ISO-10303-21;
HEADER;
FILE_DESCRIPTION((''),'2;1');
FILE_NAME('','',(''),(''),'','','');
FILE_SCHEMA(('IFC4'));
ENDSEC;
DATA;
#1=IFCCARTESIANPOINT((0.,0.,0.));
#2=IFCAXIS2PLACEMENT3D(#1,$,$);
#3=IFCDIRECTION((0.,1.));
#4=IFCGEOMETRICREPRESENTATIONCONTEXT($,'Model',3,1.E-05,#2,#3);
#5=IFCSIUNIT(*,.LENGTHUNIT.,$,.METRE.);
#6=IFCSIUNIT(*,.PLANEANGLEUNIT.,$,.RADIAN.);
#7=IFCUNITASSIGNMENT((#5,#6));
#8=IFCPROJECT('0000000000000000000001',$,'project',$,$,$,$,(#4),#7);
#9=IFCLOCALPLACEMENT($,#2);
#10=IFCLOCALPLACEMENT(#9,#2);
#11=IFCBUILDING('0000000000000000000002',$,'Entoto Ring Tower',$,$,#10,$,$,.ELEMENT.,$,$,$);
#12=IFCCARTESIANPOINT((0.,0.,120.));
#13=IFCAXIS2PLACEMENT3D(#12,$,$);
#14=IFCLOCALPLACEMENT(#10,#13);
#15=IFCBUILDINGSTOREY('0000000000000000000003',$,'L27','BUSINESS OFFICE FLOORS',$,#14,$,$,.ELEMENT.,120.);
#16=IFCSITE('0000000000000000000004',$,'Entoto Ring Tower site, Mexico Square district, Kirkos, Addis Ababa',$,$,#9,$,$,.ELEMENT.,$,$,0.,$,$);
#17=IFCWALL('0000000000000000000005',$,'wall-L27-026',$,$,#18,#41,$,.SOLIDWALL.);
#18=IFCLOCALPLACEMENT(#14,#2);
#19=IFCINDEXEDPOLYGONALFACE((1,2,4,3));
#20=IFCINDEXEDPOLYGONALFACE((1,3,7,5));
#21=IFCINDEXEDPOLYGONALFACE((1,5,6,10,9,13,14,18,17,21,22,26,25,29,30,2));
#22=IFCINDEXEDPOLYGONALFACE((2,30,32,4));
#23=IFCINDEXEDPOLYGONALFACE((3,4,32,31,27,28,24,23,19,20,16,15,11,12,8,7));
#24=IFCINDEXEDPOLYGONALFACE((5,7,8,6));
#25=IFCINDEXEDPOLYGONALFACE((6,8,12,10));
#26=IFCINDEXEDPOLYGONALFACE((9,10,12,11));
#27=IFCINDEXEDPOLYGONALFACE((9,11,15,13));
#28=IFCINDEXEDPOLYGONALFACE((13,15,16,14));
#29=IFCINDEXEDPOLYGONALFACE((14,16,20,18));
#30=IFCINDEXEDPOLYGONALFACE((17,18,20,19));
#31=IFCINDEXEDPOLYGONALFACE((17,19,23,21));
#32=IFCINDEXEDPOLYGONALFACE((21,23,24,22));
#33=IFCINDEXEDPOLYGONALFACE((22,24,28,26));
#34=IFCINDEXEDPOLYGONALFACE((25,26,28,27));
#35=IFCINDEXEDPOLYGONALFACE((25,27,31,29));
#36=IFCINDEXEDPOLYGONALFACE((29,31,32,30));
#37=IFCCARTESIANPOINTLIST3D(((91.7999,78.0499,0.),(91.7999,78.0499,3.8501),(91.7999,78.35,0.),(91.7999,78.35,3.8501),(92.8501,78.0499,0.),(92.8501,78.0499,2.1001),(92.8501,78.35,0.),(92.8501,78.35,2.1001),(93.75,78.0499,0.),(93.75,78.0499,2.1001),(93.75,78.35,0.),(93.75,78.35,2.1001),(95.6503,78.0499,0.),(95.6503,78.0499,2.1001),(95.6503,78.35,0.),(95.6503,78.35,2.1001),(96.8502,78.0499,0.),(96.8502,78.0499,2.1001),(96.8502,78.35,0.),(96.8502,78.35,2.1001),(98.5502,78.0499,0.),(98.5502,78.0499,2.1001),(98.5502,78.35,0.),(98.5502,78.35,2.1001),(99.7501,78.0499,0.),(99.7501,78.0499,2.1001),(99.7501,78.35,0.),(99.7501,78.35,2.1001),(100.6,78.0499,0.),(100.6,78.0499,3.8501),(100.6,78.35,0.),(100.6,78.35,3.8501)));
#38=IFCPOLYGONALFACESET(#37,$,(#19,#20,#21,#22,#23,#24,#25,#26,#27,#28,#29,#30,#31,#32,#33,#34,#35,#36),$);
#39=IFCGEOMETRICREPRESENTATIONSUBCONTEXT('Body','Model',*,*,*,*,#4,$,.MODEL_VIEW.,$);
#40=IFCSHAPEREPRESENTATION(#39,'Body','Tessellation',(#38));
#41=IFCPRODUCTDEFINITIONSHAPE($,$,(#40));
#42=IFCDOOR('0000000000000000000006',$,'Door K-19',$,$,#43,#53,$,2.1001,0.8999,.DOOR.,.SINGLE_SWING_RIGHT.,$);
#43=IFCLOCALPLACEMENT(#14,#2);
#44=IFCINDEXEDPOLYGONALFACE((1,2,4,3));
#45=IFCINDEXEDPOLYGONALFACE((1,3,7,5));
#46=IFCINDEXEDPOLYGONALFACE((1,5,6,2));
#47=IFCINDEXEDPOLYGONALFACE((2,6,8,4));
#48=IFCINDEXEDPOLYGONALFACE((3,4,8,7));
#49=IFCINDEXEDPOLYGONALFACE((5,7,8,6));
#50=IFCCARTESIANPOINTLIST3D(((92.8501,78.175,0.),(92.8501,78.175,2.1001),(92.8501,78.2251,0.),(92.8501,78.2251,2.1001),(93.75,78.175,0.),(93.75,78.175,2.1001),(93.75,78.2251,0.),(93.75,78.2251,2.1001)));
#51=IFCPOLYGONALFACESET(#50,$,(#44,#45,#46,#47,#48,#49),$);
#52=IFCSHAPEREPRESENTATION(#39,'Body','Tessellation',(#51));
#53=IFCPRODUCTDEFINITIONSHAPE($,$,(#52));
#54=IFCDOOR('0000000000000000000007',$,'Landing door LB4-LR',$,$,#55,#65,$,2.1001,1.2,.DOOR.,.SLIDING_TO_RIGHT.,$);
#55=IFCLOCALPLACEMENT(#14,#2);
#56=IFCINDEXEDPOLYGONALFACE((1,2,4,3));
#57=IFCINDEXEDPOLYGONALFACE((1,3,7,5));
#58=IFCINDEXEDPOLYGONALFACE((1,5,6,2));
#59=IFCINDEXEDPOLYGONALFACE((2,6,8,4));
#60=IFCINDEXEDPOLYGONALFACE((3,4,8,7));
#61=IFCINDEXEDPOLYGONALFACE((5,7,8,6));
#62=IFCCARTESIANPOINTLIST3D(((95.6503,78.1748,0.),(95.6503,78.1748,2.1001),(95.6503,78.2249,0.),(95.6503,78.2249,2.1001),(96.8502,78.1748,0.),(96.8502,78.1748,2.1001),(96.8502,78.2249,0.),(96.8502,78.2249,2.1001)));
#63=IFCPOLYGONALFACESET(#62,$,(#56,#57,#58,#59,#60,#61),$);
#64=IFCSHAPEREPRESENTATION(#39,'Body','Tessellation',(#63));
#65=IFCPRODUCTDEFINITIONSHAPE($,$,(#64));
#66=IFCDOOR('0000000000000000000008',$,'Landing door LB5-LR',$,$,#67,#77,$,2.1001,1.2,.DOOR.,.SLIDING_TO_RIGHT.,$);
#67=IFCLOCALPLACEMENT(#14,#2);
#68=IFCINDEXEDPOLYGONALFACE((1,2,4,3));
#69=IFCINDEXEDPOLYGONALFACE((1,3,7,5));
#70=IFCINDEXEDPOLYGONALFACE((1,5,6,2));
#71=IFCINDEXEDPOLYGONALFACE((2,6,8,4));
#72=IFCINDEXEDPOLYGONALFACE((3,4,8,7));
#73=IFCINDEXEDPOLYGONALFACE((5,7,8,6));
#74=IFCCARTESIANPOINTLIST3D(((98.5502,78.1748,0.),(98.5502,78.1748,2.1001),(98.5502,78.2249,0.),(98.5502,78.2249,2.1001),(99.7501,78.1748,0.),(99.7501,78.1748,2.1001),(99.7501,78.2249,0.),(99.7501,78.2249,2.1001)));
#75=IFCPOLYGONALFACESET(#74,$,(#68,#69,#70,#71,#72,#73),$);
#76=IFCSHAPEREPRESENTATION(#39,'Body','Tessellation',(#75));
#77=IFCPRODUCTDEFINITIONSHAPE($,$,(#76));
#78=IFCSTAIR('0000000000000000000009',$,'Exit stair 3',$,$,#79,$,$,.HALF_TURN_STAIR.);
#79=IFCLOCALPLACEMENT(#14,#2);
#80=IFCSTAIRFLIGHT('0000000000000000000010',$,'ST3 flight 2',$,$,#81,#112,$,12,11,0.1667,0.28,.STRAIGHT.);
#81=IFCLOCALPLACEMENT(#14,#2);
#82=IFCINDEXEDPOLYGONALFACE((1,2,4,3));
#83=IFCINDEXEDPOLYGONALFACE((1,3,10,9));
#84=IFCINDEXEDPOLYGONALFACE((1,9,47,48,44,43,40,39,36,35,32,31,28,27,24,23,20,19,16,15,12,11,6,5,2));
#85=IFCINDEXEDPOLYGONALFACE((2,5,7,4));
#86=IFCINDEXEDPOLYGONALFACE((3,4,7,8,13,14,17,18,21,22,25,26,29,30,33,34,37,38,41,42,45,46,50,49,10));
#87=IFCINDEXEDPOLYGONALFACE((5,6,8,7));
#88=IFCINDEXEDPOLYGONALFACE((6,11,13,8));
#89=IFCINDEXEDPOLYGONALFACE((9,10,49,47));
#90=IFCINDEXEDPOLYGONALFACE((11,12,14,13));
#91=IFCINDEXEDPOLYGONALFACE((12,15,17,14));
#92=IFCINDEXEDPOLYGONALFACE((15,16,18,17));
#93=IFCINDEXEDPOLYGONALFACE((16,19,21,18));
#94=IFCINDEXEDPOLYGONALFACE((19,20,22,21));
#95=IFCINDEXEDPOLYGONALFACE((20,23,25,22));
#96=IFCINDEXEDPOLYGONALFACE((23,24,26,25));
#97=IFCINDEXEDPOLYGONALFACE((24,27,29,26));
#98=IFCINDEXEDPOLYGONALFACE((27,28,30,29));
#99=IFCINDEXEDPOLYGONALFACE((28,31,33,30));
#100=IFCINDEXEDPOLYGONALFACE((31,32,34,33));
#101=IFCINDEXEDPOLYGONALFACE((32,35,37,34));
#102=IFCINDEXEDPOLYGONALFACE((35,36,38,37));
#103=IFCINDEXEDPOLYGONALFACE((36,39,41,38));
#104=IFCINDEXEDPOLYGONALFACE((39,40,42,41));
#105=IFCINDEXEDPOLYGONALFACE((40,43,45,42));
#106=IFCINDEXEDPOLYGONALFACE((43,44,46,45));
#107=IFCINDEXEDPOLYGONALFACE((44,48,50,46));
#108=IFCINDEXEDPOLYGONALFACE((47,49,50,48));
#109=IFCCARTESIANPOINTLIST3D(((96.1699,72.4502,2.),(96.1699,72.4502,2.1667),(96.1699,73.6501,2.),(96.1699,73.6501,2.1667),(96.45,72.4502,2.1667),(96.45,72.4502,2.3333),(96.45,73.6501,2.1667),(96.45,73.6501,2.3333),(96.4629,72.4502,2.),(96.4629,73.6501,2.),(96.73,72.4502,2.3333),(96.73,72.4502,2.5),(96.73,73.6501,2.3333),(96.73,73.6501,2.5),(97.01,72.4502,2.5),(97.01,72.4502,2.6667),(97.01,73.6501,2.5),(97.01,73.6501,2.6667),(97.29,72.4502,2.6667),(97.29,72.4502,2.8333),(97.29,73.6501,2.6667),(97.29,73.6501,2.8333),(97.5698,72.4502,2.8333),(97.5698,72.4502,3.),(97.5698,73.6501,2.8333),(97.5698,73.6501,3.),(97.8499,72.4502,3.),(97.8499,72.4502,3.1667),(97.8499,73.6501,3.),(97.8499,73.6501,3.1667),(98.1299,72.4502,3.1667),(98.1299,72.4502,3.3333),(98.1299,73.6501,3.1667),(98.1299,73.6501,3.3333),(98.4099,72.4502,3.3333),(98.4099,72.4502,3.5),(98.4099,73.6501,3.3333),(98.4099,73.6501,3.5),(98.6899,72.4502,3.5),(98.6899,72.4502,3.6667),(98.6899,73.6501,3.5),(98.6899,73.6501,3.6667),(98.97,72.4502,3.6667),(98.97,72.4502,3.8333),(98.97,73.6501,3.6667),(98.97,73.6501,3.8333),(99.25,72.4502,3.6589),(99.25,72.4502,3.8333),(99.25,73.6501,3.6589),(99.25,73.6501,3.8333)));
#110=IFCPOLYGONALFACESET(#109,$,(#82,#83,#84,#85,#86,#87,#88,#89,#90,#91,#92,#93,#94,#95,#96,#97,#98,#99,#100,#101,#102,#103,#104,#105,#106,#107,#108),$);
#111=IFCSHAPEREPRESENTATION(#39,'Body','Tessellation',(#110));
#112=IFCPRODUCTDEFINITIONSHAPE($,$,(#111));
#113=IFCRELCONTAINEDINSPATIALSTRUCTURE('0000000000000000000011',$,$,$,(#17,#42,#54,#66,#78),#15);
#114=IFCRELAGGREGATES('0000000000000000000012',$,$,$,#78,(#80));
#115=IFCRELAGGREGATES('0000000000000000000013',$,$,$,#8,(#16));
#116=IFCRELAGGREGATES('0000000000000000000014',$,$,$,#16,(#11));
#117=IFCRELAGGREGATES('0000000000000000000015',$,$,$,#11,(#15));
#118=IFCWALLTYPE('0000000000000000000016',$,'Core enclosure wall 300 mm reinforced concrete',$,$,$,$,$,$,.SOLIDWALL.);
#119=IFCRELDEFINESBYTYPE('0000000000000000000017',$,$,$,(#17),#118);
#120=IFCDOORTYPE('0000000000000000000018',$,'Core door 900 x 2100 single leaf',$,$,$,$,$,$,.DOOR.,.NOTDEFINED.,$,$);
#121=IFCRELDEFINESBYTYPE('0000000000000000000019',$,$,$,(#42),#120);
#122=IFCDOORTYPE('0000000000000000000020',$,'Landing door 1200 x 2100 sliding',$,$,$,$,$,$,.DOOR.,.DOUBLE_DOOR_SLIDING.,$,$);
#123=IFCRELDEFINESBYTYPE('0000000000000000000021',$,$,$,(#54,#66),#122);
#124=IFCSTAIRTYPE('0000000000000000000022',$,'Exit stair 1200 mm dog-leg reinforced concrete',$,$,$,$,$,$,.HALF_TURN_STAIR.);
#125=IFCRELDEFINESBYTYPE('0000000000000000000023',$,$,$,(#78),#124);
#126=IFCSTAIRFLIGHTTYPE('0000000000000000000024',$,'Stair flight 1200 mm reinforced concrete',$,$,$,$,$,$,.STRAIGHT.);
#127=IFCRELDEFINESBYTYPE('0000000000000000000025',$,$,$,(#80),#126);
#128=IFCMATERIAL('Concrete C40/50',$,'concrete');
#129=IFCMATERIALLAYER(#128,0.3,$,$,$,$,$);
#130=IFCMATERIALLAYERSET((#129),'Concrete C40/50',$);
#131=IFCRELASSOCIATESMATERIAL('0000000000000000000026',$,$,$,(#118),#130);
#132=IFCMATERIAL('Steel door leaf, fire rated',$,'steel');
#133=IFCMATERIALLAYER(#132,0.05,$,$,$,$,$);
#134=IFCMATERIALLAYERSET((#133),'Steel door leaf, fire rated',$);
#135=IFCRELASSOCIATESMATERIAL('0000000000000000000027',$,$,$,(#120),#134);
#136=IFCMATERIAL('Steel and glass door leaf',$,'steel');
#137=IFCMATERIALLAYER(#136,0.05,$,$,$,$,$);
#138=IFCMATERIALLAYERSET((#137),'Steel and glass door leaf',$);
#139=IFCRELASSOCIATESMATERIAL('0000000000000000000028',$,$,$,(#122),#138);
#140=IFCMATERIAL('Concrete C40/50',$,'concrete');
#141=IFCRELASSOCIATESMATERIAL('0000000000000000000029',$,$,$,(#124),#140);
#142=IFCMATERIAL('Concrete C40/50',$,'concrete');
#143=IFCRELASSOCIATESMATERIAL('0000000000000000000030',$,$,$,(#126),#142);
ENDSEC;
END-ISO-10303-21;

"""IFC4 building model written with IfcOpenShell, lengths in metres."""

from ifc_helpers import new_model, si_unit, direction, frame, frame_2d, origin, place, context, subcontext, project, spatial, polyline, rectangle, outline, extrude, material, layer, layer_set, type_object, element, fill, aggregate, save


model = new_model("IFC4")

# Units and contexts
model_context = context("Model", 3, precision=1e-05, world=origin(), true_north=direction((0.0, 1.0)))
body_context = subcontext(model_context, "Body", "Model", "MODEL_VIEW")
ifc_project = project(units=[si_unit("LENGTHUNIT", "METRE"), si_unit("PLANEANGLEUNIT", "RADIAN")], contexts=[model_context])

# Site, building, storey
site_placement = place(None, origin())
site = spatial("IfcSite", under=ifc_project, at=site_placement, Name="Entoto Ring Tower site, Mexico Square district, Kirkos, Addis Ababa", CompositionType="ELEMENT", RefElevation=0.0)
building_placement = place(site_placement, origin())
building = spatial("IfcBuilding", under=site, at=building_placement, Name="Entoto Ring Tower", CompositionType="ELEMENT")
storey_placement = place(building_placement, frame((0.0, 0.0, 120.0)))
storey = spatial("IfcBuildingStorey", under=building, at=storey_placement, Name="L27", Description="BUSINESS OFFICE FLOORS", CompositionType="ELEMENT", Elevation=120.0)

# Shared definitions
ifc_material_1 = material(Name="Concrete C40/50", Category="concrete")
ifc_layer_1 = layer(ifc_material_1, 0.3)
ifc_layer_set_1 = layer_set([ifc_layer_1], Name="Concrete C40/50")
wall_type = type_object("IfcWallType", Name="Core enclosure wall 300 mm reinforced concrete", PredefinedType="SOLIDWALL", material=ifc_layer_set_1)

# Shared definitions
ifc_material_2 = material(Name="Steel door leaf, fire rated", Category="steel")
ifc_layer_2 = layer(ifc_material_2, 0.05)
ifc_layer_set_2 = layer_set([ifc_layer_2], Name="Steel door leaf, fire rated")
door_type_1 = type_object("IfcDoorType", Name="Core door 900 x 2100 single leaf", OperationType="NOTDEFINED", PredefinedType="DOOR", material=ifc_layer_set_2)

# Wall, openings, doors
wall_1_placement = place(storey_placement, frame((91.8, 78.2, 0.0), z_axis=(0.0, 0.0, 1.0), x_axis=(1.0, 0.0, 0.0)))
wall_1 = element("IfcWall", 1, at=wall_1_placement, inside=storey, type_object=wall_type, Name="wall-L27-026", PredefinedType="SOLIDWALL", context=body_context, shape_type="SweptSolid", body=[
    extrude(rectangle(XDim=8.8, YDim=0.3, at=frame_2d((4.3999, 0.0))), origin(), (0.0, 0.0, 1.0), 3.8501),
])
opening_1_placement = place(wall_1_placement, frame((3.8501, 0.0, 0.0)))
opening_1 = element("IfcOpeningElement", 2, at=opening_1_placement, cuts=wall_1, PredefinedType="OPENING", context=body_context, shape_type="SweptSolid", body=[
    extrude(rectangle(XDim=1.2, YDim=2.1001, at=frame_2d((0.6001, 1.05))), frame((0.0, 0.1602, 0.0), z_axis=(0.0, -1.0, 0.0), x_axis=(1.0, 0.0, 0.0)), (0.0, 0.0, 1.0), 0.3201),
])
opening_2_placement = place(wall_1_placement, frame((6.75, 0.0, 0.0)))
opening_2 = element("IfcOpeningElement", 3, at=opening_2_placement, cuts=wall_1, PredefinedType="OPENING", context=body_context, shape_type="SweptSolid", body=[
    extrude(rectangle(XDim=1.2, YDim=2.1001, at=frame_2d((0.6001, 1.05))), frame((0.0, 0.1602, 0.0), z_axis=(0.0, -1.0, 0.0), x_axis=(1.0, 0.0, 0.0)), (0.0, 0.0, 1.0), 0.3201),
])
opening_3_placement = place(wall_1_placement, frame((1.05, 0.0, 0.0)))
opening_3 = element("IfcOpeningElement", 4, at=opening_3_placement, cuts=wall_1, PredefinedType="OPENING", context=body_context, shape_type="SweptSolid", body=[
    extrude(rectangle(XDim=0.8999, YDim=2.1001, at=frame_2d((0.45, 1.05))), frame((0.0, 0.1602, 0.0), z_axis=(0.0, -1.0, 0.0), x_axis=(1.0, 0.0, 0.0)), (0.0, 0.0, 1.0), 0.3201),
])
door_1_placement = place(opening_3_placement, frame((0.8999, 0.0, 0.0), z_axis=(0.0, 0.0, 1.0), x_axis=(-1.0, 0.0, 0.0)))
door_1 = element("IfcDoor", 5, at=door_1_placement, inside=storey, type_object=door_type_1, Name="Door K-19", OperationType="SINGLE_SWING_RIGHT", OverallHeight=2.1001, OverallWidth=0.8999, PredefinedType="DOOR", context=body_context, shape_type="SweptSolid", body=[
    extrude(rectangle(XDim=0.8999, YDim=2.1001, at=frame_2d((0.45, 1.05))), frame((0.0, 0.0249, 0.0), z_axis=(0.0, -1.0, 0.0), x_axis=(1.0, 0.0, 0.0)), (0.0, 0.0, 1.0), 0.05),
])
fill(opening_3, door_1)
ifc_material_3 = material(Name="Steel and glass door leaf", Category="steel")
ifc_layer_3 = layer(ifc_material_3, 0.05)
ifc_layer_set_3 = layer_set([ifc_layer_3], Name="Steel and glass door leaf")
door_type_2 = type_object("IfcDoorType", Name="Landing door 1200 x 2100 sliding", OperationType="DOUBLE_DOOR_SLIDING", PredefinedType="DOOR", material=ifc_layer_set_3)
door_2_placement = place(opening_1_placement, origin())
door_2 = element("IfcDoor", 6, at=door_2_placement, inside=storey, type_object=door_type_2, Name="Landing door LB4-LR", OperationType="SLIDING_TO_RIGHT", OverallHeight=2.1001, OverallWidth=1.2, PredefinedType="DOOR", context=body_context, shape_type="SweptSolid", body=[
    extrude(rectangle(XDim=1.2, YDim=2.1001, at=frame_2d((0.6001, 1.05))), frame((0.0, 0.0249, 0.0), z_axis=(0.0, -1.0, 0.0), x_axis=(1.0, 0.0, 0.0)), (0.0, 0.0, 1.0), 0.05),
])
fill(opening_1, door_2)
door_3_placement = place(opening_2_placement, origin())
door_3 = element("IfcDoor", 7, at=door_3_placement, inside=storey, type_object=door_type_2, Name="Landing door LB5-LR", OperationType="SLIDING_TO_RIGHT", OverallHeight=2.1001, OverallWidth=1.2, PredefinedType="DOOR", context=body_context, shape_type="SweptSolid", body=[
    extrude(rectangle(XDim=1.2, YDim=2.1001, at=frame_2d((0.6001, 1.05))), frame((0.0, 0.0249, 0.0), z_axis=(0.0, -1.0, 0.0), x_axis=(1.0, 0.0, 0.0)), (0.0, 0.0, 1.0), 0.05),
])
fill(opening_2, door_3)

# Stair, stair flight
ifc_material_4 = material(Name="Concrete C40/50", Category="concrete")
stair_type = type_object("IfcStairType", Name="Exit stair 1200 mm dog-leg reinforced concrete", PredefinedType="HALF_TURN_STAIR", material=ifc_material_4)
stair_placement = place(storey_placement, origin())
stair = element("IfcStair", 8, at=stair_placement, inside=storey, type_object=stair_type, Name="Exit stair 3", PredefinedType="HALF_TURN_STAIR")
ifc_material_5 = material(Name="Concrete C40/50", Category="concrete")
stair_flight_type = type_object("IfcStairFlightType", Name="Stair flight 1200 mm reinforced concrete", PredefinedType="STRAIGHT", material=ifc_material_5)
stair_flight_placement = place(storey_placement, frame((96.1699, 73.05, 2.0), z_axis=(0.0, 0.0, 1.0), x_axis=(1.0, 0.0, 0.0)))
stair_flight = element("IfcStairFlight", 9, at=stair_flight_placement, type_object=stair_flight_type, Name="ST3 flight 2", NumberOfRisers=12, NumberOfTreads=11, PredefinedType="STRAIGHT", RiserHeight=0.1667, TreadLength=0.28, context=body_context, shape_type="SweptSolid", body=[
    extrude(outline(polyline([(0.0, 0.0), (0.0, 0.1667), (0.28, 0.1667), (0.28, 0.3333), (0.5601, 0.3333), (0.5601, 0.5), (0.8401, 0.5), (0.8401, 0.6667), (1.1201, 0.6667), (1.1201, 0.8333), (1.3999, 0.8333), (1.3999, 1.0), (1.6799, 1.0), (1.6799, 1.1667), (1.96, 1.1667), (1.96, 1.3333), (2.24, 1.3333), (2.24, 1.5), (2.52, 1.5), (2.52, 1.6667), (2.8, 1.6667), (2.8, 1.8333), (3.0801, 1.8333), (3.0801, 2.0), (3.0801, 1.6589), (0.293, 0.0), (0.0, 0.0)])), frame((0.0, 0.6001, 0.0), z_axis=(0.0, -1.0, 0.0), x_axis=(1.0, 0.0, 0.0)), (0.0, 0.0, 1.0), 1.2),
])
aggregate(stair, [stair_flight])

save(model, "model.ifc")
